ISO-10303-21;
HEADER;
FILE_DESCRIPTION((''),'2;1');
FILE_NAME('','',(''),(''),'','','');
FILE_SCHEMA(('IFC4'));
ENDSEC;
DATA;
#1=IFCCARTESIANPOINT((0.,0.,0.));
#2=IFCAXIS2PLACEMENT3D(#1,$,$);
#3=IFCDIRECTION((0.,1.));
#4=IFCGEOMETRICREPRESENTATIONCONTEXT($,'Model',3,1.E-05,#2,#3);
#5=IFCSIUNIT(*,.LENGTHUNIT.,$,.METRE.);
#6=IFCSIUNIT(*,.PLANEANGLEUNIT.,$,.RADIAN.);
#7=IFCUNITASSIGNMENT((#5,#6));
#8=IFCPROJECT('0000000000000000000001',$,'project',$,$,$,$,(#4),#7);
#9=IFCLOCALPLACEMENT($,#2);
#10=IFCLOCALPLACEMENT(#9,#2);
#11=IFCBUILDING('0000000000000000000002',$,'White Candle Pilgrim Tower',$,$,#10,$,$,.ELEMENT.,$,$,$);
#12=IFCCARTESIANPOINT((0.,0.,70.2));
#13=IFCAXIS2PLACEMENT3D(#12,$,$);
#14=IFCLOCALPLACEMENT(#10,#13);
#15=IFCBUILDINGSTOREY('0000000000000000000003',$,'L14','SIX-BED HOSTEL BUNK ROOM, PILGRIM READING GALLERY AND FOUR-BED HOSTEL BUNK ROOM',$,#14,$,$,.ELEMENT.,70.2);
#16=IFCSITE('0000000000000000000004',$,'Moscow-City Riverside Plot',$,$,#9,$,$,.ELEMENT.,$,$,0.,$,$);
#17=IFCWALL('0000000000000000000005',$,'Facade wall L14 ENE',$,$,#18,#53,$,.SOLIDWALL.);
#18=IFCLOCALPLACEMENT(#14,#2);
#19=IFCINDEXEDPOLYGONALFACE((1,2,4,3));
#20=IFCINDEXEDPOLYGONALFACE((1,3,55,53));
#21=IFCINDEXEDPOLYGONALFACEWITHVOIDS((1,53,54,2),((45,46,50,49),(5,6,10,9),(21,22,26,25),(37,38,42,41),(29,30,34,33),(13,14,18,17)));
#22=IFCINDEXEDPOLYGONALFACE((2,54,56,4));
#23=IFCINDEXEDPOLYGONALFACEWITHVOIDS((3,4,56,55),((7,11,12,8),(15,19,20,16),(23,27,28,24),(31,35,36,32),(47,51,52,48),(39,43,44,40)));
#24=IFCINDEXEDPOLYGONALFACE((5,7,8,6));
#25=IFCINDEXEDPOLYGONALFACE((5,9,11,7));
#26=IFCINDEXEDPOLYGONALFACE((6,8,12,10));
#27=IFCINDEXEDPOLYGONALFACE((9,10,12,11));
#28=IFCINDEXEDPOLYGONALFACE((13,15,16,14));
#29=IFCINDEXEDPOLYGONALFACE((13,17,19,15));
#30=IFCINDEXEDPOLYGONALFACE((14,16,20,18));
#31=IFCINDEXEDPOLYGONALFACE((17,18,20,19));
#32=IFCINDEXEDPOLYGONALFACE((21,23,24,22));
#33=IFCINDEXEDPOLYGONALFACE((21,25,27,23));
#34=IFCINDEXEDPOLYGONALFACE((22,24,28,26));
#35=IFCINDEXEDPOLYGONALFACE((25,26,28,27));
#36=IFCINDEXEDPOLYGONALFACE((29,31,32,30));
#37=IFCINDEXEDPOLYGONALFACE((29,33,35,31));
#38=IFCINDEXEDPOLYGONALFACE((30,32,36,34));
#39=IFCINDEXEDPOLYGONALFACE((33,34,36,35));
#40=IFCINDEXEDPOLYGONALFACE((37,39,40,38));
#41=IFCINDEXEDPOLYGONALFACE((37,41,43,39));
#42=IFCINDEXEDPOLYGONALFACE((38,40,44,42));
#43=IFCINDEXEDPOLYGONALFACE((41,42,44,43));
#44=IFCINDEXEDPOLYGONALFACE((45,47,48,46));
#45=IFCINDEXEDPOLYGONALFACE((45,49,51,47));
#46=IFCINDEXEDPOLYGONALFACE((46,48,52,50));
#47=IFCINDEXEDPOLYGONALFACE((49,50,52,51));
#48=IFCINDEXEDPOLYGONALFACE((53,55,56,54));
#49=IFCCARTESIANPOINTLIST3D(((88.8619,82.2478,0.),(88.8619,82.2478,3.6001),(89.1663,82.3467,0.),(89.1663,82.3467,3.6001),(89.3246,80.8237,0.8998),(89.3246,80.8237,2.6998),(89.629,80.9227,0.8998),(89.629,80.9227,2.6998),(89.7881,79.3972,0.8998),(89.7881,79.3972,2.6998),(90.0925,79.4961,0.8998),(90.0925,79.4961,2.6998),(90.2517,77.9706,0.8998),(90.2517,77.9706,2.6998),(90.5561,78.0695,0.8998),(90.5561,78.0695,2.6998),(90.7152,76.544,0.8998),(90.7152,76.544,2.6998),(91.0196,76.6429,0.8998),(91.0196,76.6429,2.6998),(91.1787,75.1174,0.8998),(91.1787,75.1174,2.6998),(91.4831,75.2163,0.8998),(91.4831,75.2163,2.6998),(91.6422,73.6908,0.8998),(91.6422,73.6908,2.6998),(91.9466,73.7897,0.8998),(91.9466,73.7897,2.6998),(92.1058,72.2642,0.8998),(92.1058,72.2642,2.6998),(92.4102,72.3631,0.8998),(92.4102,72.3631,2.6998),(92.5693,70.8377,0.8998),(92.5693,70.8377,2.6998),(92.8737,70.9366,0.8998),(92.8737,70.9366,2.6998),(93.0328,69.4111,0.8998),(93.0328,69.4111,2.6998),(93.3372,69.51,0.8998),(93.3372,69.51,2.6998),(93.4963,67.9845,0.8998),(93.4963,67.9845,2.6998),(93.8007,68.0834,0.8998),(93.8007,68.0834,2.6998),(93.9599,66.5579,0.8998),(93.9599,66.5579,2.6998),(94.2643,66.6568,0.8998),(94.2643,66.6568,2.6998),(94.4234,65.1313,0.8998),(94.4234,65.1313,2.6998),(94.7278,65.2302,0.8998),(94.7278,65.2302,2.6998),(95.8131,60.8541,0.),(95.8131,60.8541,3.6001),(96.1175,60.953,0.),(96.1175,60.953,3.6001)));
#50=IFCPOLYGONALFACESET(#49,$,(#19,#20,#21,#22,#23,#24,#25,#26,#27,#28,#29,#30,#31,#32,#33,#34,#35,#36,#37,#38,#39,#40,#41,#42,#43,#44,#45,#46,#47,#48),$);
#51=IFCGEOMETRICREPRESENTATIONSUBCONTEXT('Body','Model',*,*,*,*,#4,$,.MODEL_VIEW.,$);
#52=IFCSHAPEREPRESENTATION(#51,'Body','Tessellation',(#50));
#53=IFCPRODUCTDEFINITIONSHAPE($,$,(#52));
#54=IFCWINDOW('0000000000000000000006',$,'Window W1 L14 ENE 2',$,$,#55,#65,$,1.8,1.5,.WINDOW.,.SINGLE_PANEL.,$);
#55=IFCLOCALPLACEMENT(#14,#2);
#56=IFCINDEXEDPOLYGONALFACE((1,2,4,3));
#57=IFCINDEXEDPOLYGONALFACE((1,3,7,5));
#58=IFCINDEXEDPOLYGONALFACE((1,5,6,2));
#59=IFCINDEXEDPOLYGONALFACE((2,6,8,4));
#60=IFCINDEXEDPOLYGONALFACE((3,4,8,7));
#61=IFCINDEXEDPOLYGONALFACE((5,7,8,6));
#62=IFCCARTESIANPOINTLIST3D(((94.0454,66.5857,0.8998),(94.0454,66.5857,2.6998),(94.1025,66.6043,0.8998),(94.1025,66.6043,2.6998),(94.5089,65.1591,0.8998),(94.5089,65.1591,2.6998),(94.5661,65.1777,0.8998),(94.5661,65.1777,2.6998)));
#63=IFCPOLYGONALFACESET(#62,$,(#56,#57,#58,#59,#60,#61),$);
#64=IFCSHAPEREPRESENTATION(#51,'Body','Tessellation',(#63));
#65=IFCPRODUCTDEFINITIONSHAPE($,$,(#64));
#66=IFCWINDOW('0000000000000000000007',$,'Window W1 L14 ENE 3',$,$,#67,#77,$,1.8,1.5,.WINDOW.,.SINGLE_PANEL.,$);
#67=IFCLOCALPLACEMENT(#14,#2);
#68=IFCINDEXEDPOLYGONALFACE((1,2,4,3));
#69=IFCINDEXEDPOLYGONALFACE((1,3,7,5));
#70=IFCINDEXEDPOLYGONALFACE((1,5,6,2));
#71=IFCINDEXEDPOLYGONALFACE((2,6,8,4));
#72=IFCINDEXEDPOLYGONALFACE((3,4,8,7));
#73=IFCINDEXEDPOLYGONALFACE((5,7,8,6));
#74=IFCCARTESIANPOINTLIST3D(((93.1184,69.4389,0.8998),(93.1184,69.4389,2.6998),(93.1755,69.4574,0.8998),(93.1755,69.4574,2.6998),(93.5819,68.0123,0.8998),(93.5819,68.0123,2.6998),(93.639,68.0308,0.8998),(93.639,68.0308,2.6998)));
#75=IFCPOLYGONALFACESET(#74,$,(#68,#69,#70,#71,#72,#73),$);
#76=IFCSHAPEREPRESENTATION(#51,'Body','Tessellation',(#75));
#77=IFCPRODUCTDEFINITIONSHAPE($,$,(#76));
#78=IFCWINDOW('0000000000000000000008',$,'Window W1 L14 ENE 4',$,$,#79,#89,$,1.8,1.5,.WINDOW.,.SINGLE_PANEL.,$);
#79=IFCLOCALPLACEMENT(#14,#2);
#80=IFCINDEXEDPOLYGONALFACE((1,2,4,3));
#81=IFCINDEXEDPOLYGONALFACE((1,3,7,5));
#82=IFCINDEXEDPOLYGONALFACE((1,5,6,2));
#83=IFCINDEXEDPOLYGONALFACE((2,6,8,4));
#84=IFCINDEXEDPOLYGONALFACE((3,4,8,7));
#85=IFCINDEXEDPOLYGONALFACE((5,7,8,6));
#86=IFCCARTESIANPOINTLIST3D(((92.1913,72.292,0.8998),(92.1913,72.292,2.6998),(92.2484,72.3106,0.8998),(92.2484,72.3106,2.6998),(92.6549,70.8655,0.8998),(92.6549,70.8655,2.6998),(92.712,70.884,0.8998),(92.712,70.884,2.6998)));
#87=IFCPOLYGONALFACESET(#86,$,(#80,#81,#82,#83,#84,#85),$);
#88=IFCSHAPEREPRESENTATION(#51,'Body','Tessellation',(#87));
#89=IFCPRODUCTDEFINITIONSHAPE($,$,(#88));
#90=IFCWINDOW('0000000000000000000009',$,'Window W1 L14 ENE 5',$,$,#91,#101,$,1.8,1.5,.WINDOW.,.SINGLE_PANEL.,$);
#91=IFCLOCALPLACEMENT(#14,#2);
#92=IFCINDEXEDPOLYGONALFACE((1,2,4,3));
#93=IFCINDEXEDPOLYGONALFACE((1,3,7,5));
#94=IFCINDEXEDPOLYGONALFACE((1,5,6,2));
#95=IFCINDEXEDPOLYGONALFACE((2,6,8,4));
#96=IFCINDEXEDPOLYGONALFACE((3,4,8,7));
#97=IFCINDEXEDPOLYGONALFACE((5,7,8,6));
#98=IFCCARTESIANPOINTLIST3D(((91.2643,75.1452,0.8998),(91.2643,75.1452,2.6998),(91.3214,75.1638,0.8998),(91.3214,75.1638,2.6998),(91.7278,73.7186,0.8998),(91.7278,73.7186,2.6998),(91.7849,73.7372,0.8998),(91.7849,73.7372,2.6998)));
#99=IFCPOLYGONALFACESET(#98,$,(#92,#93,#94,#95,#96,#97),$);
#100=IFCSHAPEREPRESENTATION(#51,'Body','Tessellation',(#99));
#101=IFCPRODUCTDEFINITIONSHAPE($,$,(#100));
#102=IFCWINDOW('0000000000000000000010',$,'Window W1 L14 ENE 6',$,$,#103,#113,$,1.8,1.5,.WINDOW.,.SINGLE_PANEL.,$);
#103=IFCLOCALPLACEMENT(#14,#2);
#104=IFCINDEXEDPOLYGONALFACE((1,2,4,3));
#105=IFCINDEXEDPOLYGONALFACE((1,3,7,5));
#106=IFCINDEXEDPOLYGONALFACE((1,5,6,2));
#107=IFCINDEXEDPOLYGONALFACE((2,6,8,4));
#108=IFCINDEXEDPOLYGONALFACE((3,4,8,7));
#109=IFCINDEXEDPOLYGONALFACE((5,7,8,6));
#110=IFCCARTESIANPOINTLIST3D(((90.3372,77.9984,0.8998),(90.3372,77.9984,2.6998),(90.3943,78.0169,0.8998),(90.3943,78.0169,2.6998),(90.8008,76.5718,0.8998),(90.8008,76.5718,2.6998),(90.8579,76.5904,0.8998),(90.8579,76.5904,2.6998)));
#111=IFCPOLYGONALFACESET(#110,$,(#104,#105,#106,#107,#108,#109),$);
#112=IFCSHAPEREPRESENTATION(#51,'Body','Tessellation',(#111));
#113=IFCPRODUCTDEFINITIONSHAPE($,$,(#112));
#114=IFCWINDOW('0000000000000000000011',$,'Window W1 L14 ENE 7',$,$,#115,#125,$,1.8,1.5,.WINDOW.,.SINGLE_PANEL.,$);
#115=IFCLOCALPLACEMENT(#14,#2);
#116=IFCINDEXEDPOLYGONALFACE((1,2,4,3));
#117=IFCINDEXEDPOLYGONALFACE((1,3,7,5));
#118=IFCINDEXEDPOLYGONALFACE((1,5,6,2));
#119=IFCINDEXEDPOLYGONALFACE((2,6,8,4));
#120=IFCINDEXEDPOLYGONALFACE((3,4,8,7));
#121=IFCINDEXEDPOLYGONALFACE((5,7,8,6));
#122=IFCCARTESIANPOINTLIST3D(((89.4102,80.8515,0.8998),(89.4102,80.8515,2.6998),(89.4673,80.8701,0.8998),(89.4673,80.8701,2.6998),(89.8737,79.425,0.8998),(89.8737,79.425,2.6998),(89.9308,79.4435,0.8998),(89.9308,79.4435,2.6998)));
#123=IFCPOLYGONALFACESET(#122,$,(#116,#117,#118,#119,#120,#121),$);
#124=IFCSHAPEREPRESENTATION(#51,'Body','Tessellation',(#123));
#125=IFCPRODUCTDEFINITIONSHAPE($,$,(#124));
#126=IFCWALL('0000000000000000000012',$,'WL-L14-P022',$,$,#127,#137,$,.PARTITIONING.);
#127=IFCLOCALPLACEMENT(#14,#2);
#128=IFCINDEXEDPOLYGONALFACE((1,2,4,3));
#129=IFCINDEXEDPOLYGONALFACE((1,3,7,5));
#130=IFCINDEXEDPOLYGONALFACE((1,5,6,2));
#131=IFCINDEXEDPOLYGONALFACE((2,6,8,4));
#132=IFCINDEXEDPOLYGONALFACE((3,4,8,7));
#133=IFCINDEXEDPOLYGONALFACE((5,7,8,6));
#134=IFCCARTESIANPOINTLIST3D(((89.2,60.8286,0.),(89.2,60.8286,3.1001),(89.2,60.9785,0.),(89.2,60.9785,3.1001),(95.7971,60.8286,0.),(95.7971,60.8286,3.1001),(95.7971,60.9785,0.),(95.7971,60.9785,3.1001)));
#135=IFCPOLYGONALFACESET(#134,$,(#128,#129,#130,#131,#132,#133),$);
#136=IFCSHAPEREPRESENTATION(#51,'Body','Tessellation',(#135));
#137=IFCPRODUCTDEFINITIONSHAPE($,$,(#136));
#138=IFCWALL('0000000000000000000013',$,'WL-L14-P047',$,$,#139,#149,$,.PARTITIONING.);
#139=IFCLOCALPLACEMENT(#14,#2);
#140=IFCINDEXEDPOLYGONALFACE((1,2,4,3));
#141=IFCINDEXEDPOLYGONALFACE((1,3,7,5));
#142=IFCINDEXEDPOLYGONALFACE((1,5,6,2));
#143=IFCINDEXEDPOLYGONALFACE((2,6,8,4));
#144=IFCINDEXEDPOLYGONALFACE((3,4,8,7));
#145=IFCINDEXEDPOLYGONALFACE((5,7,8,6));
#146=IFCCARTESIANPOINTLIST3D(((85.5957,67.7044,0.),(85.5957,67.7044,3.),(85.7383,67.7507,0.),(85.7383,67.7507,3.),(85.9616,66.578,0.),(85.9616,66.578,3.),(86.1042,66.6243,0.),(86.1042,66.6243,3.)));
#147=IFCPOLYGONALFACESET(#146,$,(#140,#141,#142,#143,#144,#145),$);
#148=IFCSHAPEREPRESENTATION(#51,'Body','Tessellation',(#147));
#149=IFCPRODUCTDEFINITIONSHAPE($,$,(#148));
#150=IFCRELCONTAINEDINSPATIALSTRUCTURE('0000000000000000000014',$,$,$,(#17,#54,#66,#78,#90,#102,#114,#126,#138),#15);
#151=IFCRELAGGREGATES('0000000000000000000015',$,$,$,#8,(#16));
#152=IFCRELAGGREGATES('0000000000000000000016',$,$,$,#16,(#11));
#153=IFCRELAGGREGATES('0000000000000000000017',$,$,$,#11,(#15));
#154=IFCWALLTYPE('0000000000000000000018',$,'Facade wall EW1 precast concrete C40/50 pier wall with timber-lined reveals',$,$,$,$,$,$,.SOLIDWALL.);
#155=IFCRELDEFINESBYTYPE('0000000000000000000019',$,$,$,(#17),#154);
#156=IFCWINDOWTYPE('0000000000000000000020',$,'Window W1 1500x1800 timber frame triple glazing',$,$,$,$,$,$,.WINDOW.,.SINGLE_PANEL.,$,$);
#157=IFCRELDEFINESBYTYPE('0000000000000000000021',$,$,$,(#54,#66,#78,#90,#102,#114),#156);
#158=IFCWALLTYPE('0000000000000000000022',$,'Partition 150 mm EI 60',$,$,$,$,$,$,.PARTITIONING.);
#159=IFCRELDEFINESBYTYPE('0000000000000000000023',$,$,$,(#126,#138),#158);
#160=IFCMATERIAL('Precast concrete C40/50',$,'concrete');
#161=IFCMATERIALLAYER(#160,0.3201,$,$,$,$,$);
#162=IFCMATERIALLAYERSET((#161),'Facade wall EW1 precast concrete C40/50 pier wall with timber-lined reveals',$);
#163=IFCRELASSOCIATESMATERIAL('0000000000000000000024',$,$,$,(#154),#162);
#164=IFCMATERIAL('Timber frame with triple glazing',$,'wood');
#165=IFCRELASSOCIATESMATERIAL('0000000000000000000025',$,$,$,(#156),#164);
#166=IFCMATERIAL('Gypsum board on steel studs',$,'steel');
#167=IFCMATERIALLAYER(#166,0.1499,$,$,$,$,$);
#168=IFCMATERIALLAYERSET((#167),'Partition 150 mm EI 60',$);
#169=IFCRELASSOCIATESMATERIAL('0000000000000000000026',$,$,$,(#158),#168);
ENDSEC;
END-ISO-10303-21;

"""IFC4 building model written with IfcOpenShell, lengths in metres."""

from ifc_helpers import new_model, si_unit, direction, frame, frame_2d, origin, place, context, subcontext, project, spatial, rectangle, extrude, material, layer, layer_set, type_object, element, fill, save


model = new_model("IFC4")

# Units and contexts
model_context = context("Model", 3, precision=1e-05, world=origin(), true_north=direction((0.0, 1.0)))
body_context = subcontext(model_context, "Body", "Model", "MODEL_VIEW")
ifc_project = project(units=[si_unit("LENGTHUNIT", "METRE"), si_unit("PLANEANGLEUNIT", "RADIAN")], contexts=[model_context])

# Site, building, storey
site_placement = place(None, origin())
site = spatial("IfcSite", under=ifc_project, at=site_placement, Name="Moscow-City Riverside Plot", CompositionType="ELEMENT", RefElevation=0.0)
building_placement = place(site_placement, origin())
building = spatial("IfcBuilding", under=site, at=building_placement, Name="White Candle Pilgrim Tower", CompositionType="ELEMENT")
storey_placement = place(building_placement, frame((0.0, 0.0, 70.2)))
storey = spatial("IfcBuildingStorey", under=building, at=storey_placement, Name="L14", Description="SIX-BED HOSTEL BUNK ROOM, PILGRIM READING GALLERY AND FOUR-BED HOSTEL BUNK ROOM", CompositionType="ELEMENT", Elevation=70.2)

# Shared definitions
ifc_material_1 = material(Name="Gypsum board on steel studs", Category="steel")

# Wall, openings, windows
ifc_material_2 = material(Name="Precast concrete C40/50", Category="concrete")
ifc_layer_1 = layer(ifc_material_2, 0.3201)
ifc_layer_set_1 = layer_set([ifc_layer_1], Name="Facade wall EW1 precast concrete C40/50 pier wall with timber-lined reveals")
wall_type_1 = type_object("IfcWallType", Name="Facade wall EW1 precast concrete C40/50 pier wall with timber-lined reveals", PredefinedType="SOLIDWALL", material=ifc_layer_set_1)
wall_1_placement = place(storey_placement, frame((95.9653, 60.9036, 0.0), z_axis=(0.0, 0.0, 1.0), x_axis=(-0.309016, 0.951057, 0.0)))
wall_1 = element("IfcWall", 1, at=wall_1_placement, inside=storey, type_object=wall_type_1, Name="Facade wall L14 ENE", PredefinedType="SOLIDWALL", context=body_context, shape_type="SweptSolid", body=[
    extrude(rectangle(XDim=22.4946, YDim=0.3201, at=frame_2d((11.2473, 0.0))), origin(), (0.0, 0.0, 1.0), 3.6001),
])
opening_1_placement = place(wall_1_placement, frame((4.4973, 0.0, 0.8999)))
opening_1 = element("IfcOpeningElement", 2, at=opening_1_placement, cuts=wall_1, PredefinedType="OPENING", context=body_context, shape_type="SweptSolid", body=[
    extrude(rectangle(XDim=1.5, YDim=1.8, at=frame_2d((0.75, 0.8999))), frame((0.0, 0.1699, 0.0), z_axis=(0.0, -1.0, 0.0), x_axis=(1.0, 0.0, 0.0)), (0.0, 0.0, 1.0), 0.3401),
])
opening_2_placement = place(wall_1_placement, frame((7.4973, 0.0, 0.8999)))
opening_2 = element("IfcOpeningElement", 3, at=opening_2_placement, cuts=wall_1, PredefinedType="OPENING", context=body_context, shape_type="SweptSolid", body=[
    extrude(rectangle(XDim=1.5, YDim=1.8, at=frame_2d((0.75, 0.8999))), frame((0.0, 0.1699, 0.0), z_axis=(0.0, -1.0, 0.0), x_axis=(1.0, 0.0, 0.0)), (0.0, 0.0, 1.0), 0.3401),
])
opening_3_placement = place(wall_1_placement, frame((10.4973, 0.0, 0.8999)))
opening_3 = element("IfcOpeningElement", 4, at=opening_3_placement, cuts=wall_1, PredefinedType="OPENING", context=body_context, shape_type="SweptSolid", body=[
    extrude(rectangle(XDim=1.5, YDim=1.8, at=frame_2d((0.75, 0.8999))), frame((0.0, 0.1699, 0.0), z_axis=(0.0, -1.0, 0.0), x_axis=(1.0, 0.0, 0.0)), (0.0, 0.0, 1.0), 0.3401),
])
opening_4_placement = place(wall_1_placement, frame((13.4973, 0.0, 0.8999)))
opening_4 = element("IfcOpeningElement", 5, at=opening_4_placement, cuts=wall_1, PredefinedType="OPENING", context=body_context, shape_type="SweptSolid", body=[
    extrude(rectangle(XDim=1.5, YDim=1.8, at=frame_2d((0.75, 0.8999))), frame((0.0, 0.1699, 0.0), z_axis=(0.0, -1.0, 0.0), x_axis=(1.0, 0.0, 0.0)), (0.0, 0.0, 1.0), 0.3401),
])
opening_5_placement = place(wall_1_placement, frame((16.4973, 0.0, 0.8999)))
opening_5 = element("IfcOpeningElement", 6, at=opening_5_placement, cuts=wall_1, PredefinedType="OPENING", context=body_context, shape_type="SweptSolid", body=[
    extrude(rectangle(XDim=1.5, YDim=1.8, at=frame_2d((0.75, 0.8999))), frame((0.0, 0.1699, 0.0), z_axis=(0.0, -1.0, 0.0), x_axis=(1.0, 0.0, 0.0)), (0.0, 0.0, 1.0), 0.3401),
])
opening_6_placement = place(wall_1_placement, frame((19.4973, 0.0, 0.8999)))
opening_6 = element("IfcOpeningElement", 7, at=opening_6_placement, cuts=wall_1, PredefinedType="OPENING", context=body_context, shape_type="SweptSolid", body=[
    extrude(rectangle(XDim=1.5, YDim=1.8, at=frame_2d((0.75, 0.8999))), frame((0.0, 0.1699, 0.0), z_axis=(0.0, -1.0, 0.0), x_axis=(1.0, 0.0, 0.0)), (0.0, 0.0, 1.0), 0.3401),
])
ifc_material_3 = material(Name="Timber frame with triple glazing", Category="wood")
window_type = type_object("IfcWindowType", Name="Window W1 1500x1800 timber frame triple glazing", PartitioningType="SINGLE_PANEL", PredefinedType="WINDOW", material=ifc_material_3)
window_1_placement = place(opening_1_placement, origin())
window_1 = element("IfcWindow", 8, at=window_1_placement, inside=storey, type_object=window_type, Name="Window W1 L14 ENE 2", OverallHeight=1.8, OverallWidth=1.5, PartitioningType="SINGLE_PANEL", PredefinedType="WINDOW", context=body_context, shape_type="SweptSolid", body=[
    extrude(rectangle(XDim=1.5, YDim=1.8, at=frame_2d((0.75, 0.8999))), frame((0.0, 0.0701, 0.0), z_axis=(0.0, -1.0, 0.0), x_axis=(1.0, 0.0, 0.0)), (0.0, 0.0, 1.0), 0.0601),
])
fill(opening_1, window_1)
window_2_placement = place(opening_2_placement, origin())
window_2 = element("IfcWindow", 9, at=window_2_placement, inside=storey, type_object=window_type, Name="Window W1 L14 ENE 3", OverallHeight=1.8, OverallWidth=1.5, PartitioningType="SINGLE_PANEL", PredefinedType="WINDOW", context=body_context, shape_type="SweptSolid", body=[
    extrude(rectangle(XDim=1.5, YDim=1.8, at=frame_2d((0.75, 0.8999))), frame((0.0, 0.0701, 0.0), z_axis=(0.0, -1.0, 0.0), x_axis=(1.0, 0.0, 0.0)), (0.0, 0.0, 1.0), 0.0601),
])
fill(opening_2, window_2)
window_3_placement = place(opening_3_placement, origin())
window_3 = element("IfcWindow", 10, at=window_3_placement, inside=storey, type_object=window_type, Name="Window W1 L14 ENE 4", OverallHeight=1.8, OverallWidth=1.5, PartitioningType="SINGLE_PANEL", PredefinedType="WINDOW", context=body_context, shape_type="SweptSolid", body=[
    extrude(rectangle(XDim=1.5, YDim=1.8, at=frame_2d((0.75, 0.8999))), frame((0.0, 0.0701, 0.0), z_axis=(0.0, -1.0, 0.0), x_axis=(1.0, 0.0, 0.0)), (0.0, 0.0, 1.0), 0.0601),
])
fill(opening_3, window_3)
window_4_placement = place(opening_4_placement, origin())
window_4 = element("IfcWindow", 11, at=window_4_placement, inside=storey, type_object=window_type, Name="Window W1 L14 ENE 5", OverallHeight=1.8, OverallWidth=1.5, PartitioningType="SINGLE_PANEL", PredefinedType="WINDOW", context=body_context, shape_type="SweptSolid", body=[
    extrude(rectangle(XDim=1.5, YDim=1.8, at=frame_2d((0.75, 0.8999))), frame((0.0, 0.0701, 0.0), z_axis=(0.0, -1.0, 0.0), x_axis=(1.0, 0.0, 0.0)), (0.0, 0.0, 1.0), 0.0601),
])
fill(opening_4, window_4)
window_5_placement = place(opening_5_placement, origin())
window_5 = element("IfcWindow", 12, at=window_5_placement, inside=storey, type_object=window_type, Name="Window W1 L14 ENE 6", OverallHeight=1.8, OverallWidth=1.5, PartitioningType="SINGLE_PANEL", PredefinedType="WINDOW", context=body_context, shape_type="SweptSolid", body=[
    extrude(rectangle(XDim=1.5, YDim=1.8, at=frame_2d((0.75, 0.8999))), frame((0.0, 0.0701, 0.0), z_axis=(0.0, -1.0, 0.0), x_axis=(1.0, 0.0, 0.0)), (0.0, 0.0, 1.0), 0.0601),
])
fill(opening_5, window_5)
window_6_placement = place(opening_6_placement, origin())
window_6 = element("IfcWindow", 13, at=window_6_placement, inside=storey, type_object=window_type, Name="Window W1 L14 ENE 7", OverallHeight=1.8, OverallWidth=1.5, PartitioningType="SINGLE_PANEL", PredefinedType="WINDOW", context=body_context, shape_type="SweptSolid", body=[
    extrude(rectangle(XDim=1.5, YDim=1.8, at=frame_2d((0.75, 0.8999))), frame((0.0, 0.0701, 0.0), z_axis=(0.0, -1.0, 0.0), x_axis=(1.0, 0.0, 0.0)), (0.0, 0.0, 1.0), 0.0601),
])
fill(opening_6, window_6)

# Walls
ifc_layer_2 = layer(ifc_material_1, 0.1499)
ifc_layer_set_2 = layer_set([ifc_layer_2], Name="Partition 150 mm EI 60")
wall_type_2 = type_object("IfcWallType", Name="Partition 150 mm EI 60", PredefinedType="PARTITIONING", material=ifc_layer_set_2)
wall_2_placement = place(storey_placement, frame((95.7971, 60.9036, 0.0), z_axis=(0.0, 0.0, 1.0), x_axis=(-1.0, 0.0, 0.0)))
element("IfcWall", 14, at=wall_2_placement, inside=storey, type_object=wall_type_2, Name="WL-L14-P022", PredefinedType="PARTITIONING", context=body_context, shape_type="SweptSolid", body=[
    extrude(rectangle(XDim=6.5972, YDim=0.1499, at=frame_2d((3.2986, 0.0))), origin(), (0.0, 0.0, 1.0), 3.1001),
])
wall_3_placement = place(storey_placement, frame((86.033, 66.6011, 0.0), z_axis=(0.0, 0.0, 1.0), x_axis=(-0.308984, 0.951067, 0.0)))
element("IfcWall", 15, at=wall_3_placement, inside=storey, type_object=wall_type_2, Name="WL-L14-P047", PredefinedType="PARTITIONING", context=body_context, shape_type="SweptSolid", body=[
    extrude(rectangle(XDim=1.1843, YDim=0.1499, at=frame_2d((0.5923, 0.0))), origin(), (0.0, 0.0, 1.0), 3.0),
])

save(model, "model.ifc")
